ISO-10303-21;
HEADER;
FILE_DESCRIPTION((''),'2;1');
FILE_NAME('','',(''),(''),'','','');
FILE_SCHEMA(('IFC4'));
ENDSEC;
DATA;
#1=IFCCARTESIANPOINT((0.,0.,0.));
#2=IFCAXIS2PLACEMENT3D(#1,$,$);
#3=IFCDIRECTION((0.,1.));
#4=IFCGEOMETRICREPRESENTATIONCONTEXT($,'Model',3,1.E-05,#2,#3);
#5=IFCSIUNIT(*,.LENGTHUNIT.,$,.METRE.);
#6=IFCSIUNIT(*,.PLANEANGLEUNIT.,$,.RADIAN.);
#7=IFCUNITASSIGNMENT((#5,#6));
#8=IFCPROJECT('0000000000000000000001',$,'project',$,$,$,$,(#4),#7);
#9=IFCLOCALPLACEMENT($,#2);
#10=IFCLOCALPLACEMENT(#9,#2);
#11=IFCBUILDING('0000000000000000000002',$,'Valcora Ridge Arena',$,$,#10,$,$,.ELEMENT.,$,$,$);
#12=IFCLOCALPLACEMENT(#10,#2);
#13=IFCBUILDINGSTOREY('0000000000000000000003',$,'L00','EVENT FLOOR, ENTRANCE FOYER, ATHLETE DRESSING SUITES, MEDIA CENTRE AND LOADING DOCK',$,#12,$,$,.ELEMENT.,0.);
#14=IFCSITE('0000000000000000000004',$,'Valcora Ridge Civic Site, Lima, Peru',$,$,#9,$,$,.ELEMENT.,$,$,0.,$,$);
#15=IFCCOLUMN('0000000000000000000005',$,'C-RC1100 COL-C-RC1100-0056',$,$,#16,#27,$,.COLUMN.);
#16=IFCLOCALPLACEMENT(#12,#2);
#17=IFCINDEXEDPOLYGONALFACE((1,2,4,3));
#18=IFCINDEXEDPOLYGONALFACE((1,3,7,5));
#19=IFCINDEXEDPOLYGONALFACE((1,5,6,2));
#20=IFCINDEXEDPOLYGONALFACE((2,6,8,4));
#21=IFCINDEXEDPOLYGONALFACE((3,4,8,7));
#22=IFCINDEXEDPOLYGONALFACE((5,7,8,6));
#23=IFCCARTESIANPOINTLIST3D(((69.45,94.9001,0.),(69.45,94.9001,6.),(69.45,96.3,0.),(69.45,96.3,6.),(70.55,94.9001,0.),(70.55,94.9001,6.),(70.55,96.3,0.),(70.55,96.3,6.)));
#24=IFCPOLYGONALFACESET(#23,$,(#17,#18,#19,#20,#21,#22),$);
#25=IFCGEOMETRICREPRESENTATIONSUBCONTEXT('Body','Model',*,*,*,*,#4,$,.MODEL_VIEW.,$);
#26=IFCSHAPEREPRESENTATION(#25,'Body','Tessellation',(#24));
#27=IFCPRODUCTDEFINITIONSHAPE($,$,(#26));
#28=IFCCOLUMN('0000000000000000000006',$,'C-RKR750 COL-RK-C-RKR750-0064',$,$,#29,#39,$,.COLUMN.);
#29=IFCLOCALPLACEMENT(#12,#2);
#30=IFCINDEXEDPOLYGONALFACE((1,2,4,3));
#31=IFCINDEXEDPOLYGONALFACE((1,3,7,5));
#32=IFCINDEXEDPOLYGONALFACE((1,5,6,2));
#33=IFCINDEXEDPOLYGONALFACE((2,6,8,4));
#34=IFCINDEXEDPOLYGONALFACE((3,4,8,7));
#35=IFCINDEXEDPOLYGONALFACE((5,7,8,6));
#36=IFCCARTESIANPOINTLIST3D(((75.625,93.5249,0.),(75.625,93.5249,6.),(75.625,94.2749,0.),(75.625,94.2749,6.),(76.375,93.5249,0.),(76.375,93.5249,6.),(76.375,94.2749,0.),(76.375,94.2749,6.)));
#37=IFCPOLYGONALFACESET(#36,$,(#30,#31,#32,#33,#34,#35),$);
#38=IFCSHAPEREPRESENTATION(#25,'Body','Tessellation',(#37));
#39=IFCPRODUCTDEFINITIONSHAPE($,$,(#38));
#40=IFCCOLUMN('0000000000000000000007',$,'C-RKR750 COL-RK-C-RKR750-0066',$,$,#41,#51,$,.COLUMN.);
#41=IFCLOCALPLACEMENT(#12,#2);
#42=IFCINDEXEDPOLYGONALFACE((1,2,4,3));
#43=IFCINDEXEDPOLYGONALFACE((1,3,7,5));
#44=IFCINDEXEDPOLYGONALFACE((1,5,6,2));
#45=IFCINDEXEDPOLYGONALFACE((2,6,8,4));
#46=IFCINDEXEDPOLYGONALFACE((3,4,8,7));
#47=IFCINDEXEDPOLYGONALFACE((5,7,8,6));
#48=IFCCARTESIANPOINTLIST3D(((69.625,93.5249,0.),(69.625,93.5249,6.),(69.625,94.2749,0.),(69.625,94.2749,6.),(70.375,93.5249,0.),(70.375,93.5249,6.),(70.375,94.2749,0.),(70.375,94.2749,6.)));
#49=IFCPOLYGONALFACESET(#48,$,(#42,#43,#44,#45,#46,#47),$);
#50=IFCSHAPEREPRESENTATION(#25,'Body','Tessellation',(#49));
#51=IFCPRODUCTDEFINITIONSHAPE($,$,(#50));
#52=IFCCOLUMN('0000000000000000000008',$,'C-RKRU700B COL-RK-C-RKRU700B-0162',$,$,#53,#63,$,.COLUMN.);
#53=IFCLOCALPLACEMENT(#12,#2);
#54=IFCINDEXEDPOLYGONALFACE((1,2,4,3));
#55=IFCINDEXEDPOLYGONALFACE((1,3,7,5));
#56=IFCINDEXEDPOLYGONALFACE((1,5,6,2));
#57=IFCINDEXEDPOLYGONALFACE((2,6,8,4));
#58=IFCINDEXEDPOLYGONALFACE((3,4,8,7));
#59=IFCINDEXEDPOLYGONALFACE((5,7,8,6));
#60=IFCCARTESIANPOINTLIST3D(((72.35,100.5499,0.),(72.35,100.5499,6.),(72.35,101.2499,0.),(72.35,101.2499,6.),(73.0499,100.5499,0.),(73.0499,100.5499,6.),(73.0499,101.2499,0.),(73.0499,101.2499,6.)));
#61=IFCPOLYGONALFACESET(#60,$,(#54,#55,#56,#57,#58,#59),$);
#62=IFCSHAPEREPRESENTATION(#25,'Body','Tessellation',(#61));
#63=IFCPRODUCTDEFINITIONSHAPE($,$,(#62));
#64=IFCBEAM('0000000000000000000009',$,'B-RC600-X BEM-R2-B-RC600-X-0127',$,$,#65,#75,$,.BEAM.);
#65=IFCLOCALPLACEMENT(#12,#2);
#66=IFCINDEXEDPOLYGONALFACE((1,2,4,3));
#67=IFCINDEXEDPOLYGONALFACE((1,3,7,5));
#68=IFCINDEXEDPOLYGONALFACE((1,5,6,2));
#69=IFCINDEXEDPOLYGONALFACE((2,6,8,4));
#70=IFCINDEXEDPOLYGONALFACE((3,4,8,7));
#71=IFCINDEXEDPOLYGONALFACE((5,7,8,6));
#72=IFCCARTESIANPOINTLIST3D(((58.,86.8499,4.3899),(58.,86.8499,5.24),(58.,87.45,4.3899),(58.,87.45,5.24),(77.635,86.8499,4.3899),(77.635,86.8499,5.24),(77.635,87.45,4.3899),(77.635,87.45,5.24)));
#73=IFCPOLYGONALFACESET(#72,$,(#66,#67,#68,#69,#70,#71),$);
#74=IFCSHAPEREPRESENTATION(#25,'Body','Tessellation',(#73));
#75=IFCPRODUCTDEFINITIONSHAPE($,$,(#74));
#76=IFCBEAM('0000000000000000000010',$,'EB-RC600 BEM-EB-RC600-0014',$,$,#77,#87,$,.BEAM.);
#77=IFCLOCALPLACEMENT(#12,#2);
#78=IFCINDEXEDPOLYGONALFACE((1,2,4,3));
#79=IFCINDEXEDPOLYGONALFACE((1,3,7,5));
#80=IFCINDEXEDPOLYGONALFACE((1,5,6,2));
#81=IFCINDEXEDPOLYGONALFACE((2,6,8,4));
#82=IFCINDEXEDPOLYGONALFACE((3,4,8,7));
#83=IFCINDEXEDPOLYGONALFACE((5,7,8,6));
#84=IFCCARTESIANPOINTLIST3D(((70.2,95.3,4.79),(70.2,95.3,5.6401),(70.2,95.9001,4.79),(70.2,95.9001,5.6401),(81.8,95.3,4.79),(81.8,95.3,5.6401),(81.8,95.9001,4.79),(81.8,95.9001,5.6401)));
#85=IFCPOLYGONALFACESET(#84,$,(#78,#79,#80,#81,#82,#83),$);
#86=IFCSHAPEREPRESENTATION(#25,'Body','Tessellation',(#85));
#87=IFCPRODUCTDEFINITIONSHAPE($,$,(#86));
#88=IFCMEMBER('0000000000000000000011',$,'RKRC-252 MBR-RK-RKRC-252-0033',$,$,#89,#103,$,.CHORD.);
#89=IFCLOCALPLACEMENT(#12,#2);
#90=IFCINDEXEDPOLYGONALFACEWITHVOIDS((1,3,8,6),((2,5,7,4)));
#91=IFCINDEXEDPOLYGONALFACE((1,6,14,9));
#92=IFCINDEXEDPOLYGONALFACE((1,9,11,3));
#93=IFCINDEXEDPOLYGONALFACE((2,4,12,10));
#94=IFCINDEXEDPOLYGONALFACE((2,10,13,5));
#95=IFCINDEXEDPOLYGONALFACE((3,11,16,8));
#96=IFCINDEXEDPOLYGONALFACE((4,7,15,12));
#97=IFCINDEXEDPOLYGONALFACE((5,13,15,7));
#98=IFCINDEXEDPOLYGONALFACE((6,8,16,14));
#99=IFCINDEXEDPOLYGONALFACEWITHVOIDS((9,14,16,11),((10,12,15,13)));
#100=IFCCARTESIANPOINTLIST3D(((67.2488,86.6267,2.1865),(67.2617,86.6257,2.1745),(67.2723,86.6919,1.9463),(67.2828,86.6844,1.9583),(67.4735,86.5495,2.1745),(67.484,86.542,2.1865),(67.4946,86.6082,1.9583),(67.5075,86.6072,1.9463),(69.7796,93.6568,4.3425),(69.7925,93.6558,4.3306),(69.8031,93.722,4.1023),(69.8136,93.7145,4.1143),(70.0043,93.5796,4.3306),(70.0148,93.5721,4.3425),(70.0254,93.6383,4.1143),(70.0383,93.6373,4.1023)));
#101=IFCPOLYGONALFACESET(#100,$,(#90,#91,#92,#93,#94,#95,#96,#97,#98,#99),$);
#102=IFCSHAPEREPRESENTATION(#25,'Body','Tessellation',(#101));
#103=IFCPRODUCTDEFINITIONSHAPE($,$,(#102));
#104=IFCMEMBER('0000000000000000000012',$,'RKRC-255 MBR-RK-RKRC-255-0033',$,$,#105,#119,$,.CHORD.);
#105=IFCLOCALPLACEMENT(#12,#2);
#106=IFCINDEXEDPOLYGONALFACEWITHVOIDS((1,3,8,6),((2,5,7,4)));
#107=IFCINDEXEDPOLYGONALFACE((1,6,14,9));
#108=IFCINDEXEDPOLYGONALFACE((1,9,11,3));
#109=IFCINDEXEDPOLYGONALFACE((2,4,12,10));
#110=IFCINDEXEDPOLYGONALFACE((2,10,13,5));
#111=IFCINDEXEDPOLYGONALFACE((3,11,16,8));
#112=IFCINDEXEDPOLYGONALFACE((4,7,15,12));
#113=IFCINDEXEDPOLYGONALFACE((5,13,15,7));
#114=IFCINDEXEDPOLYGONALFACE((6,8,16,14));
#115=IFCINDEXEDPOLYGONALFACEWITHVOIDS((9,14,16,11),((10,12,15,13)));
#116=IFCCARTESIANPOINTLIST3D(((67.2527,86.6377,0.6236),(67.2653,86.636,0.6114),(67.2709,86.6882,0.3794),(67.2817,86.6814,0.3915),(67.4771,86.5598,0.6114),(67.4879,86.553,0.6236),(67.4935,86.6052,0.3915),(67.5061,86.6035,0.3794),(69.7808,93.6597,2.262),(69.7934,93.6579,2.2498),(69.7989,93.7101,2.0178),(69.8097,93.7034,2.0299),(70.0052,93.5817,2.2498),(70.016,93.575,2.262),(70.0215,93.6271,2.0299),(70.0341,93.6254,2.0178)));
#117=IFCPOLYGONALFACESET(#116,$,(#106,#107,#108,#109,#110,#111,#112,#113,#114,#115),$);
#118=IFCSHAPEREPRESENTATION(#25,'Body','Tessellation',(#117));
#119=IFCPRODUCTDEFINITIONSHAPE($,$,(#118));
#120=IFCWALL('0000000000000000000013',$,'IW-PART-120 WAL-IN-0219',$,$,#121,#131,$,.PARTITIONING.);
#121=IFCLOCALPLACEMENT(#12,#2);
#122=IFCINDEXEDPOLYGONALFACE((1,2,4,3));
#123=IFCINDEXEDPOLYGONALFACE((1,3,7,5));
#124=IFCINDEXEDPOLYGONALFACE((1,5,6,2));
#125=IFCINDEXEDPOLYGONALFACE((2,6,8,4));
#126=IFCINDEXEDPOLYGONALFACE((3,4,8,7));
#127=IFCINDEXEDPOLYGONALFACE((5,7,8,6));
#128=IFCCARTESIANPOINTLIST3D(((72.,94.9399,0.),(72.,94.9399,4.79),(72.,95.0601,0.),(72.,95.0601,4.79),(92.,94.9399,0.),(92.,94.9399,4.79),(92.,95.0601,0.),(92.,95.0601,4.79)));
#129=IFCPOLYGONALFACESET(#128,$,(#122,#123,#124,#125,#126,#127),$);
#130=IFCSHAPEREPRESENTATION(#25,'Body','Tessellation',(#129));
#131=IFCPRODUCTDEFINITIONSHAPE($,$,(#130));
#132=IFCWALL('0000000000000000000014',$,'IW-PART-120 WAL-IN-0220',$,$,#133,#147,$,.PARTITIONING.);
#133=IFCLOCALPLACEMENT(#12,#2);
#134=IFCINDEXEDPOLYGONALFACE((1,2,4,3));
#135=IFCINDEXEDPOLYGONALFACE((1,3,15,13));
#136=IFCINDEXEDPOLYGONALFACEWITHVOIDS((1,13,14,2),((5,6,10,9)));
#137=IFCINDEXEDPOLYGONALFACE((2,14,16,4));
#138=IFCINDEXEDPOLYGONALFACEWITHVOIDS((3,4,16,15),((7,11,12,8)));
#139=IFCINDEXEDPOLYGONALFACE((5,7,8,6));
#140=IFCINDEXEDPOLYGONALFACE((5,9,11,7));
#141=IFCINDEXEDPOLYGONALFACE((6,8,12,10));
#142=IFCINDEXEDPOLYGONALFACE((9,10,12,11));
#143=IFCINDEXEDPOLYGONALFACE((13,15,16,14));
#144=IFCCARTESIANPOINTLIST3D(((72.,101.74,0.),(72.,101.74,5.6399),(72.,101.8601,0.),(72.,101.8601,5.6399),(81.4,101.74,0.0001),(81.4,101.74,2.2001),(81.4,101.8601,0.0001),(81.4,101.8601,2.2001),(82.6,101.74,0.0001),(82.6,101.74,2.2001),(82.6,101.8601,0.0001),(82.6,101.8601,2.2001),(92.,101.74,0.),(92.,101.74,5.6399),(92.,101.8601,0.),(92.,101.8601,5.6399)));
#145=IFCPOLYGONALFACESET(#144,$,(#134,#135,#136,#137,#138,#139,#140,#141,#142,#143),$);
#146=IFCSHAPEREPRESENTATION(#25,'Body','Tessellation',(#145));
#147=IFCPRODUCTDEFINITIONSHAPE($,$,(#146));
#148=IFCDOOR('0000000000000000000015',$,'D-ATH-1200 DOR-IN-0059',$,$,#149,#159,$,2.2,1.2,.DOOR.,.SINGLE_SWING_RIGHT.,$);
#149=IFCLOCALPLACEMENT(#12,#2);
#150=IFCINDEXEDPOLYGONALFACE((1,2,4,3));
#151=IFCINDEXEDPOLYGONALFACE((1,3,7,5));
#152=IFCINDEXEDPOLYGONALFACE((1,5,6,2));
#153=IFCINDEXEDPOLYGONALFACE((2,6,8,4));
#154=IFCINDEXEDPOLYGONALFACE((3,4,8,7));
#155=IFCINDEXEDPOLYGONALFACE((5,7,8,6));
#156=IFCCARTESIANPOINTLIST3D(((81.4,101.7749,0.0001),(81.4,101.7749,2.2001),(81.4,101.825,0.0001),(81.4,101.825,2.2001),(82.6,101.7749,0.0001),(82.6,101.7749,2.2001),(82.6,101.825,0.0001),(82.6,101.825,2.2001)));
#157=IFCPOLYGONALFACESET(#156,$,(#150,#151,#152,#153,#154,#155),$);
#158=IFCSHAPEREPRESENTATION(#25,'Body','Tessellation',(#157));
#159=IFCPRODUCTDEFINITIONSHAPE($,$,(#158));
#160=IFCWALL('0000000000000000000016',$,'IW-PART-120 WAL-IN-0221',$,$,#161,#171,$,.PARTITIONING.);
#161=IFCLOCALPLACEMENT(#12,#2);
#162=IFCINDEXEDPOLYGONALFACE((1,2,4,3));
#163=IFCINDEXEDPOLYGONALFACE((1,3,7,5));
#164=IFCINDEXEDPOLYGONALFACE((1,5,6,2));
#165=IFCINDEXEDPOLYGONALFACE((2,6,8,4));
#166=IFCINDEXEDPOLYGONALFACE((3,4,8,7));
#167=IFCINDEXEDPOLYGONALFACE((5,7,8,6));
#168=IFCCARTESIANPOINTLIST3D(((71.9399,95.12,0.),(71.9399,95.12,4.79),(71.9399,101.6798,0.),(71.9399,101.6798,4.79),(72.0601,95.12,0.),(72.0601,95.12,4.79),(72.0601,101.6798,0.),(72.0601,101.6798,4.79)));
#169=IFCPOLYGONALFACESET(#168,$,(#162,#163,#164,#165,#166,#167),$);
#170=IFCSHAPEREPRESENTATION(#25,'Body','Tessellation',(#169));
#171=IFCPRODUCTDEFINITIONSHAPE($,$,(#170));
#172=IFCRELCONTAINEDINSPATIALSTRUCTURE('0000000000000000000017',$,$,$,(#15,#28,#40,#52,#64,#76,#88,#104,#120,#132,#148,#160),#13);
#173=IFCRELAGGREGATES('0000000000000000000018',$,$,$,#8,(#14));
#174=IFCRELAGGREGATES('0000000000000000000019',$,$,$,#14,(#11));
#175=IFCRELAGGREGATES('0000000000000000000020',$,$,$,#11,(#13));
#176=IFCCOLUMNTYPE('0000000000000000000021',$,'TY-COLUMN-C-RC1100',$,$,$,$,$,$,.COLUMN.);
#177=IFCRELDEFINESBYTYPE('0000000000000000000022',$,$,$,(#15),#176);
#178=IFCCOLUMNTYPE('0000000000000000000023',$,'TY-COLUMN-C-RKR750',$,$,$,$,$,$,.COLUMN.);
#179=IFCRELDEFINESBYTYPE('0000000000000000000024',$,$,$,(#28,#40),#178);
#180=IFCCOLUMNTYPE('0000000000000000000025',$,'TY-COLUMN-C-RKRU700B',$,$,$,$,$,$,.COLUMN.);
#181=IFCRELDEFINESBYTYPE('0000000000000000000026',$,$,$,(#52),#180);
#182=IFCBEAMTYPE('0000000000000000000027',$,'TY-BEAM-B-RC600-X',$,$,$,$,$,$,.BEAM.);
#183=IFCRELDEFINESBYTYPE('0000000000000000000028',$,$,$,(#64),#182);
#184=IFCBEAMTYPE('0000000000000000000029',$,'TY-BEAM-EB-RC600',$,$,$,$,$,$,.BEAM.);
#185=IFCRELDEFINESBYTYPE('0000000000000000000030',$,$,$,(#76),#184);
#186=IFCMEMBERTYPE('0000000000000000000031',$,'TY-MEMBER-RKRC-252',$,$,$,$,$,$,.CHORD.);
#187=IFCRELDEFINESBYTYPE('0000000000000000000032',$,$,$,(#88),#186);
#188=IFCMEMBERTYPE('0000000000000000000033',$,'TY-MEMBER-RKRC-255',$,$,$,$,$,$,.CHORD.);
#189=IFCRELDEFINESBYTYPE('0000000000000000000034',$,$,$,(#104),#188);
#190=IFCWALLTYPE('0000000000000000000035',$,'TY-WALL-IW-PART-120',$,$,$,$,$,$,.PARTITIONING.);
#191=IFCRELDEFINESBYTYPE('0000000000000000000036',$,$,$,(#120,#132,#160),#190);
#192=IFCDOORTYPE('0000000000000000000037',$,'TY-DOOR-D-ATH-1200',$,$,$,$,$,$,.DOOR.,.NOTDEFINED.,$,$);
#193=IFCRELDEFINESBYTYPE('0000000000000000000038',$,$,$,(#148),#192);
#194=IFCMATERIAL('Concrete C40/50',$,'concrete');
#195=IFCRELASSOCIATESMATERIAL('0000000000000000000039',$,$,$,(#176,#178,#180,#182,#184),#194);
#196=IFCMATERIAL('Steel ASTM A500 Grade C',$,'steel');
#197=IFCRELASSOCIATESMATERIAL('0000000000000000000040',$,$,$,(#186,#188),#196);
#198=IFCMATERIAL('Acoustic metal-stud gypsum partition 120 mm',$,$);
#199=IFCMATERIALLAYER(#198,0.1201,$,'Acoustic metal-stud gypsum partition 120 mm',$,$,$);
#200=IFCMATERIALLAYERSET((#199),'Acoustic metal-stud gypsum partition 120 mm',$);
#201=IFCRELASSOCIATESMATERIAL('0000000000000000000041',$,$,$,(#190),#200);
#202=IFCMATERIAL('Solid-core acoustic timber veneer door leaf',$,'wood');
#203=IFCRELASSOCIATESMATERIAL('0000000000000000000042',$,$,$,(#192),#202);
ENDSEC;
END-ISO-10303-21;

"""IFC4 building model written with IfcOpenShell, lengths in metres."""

from ifc_helpers import new_model, si_unit, direction, frame, frame_2d, origin, origin_2d, place, context, subcontext, project, spatial, rectangle, hollow_rectangle, extrude, material, layer, layer_set, material_profile, profile_set, type_object, element, fill, save


model = new_model("IFC4")

# Units and contexts
model_context = context("Model", 3, precision=1e-05, world=origin(), true_north=direction((0.0, 1.0)))
body_context = subcontext(model_context, "Body", "Model", "MODEL_VIEW")
ifc_project = project(units=[si_unit("LENGTHUNIT", "METRE"), si_unit("PLANEANGLEUNIT", "RADIAN")], contexts=[model_context])

# Site, building, storey
site_placement = place(None, origin())
site = spatial("IfcSite", under=ifc_project, at=site_placement, Name="Valcora Ridge Civic Site, Lima, Peru", CompositionType="ELEMENT", RefElevation=0.0)
building_placement = place(site_placement, origin())
building = spatial("IfcBuilding", under=site, at=building_placement, Name="Valcora Ridge Arena", CompositionType="ELEMENT")
storey_placement = place(building_placement, origin())
storey = spatial("IfcBuildingStorey", under=building, at=storey_placement, Name="L00", Description="EVENT FLOOR, ENTRANCE FOYER, ATHLETE DRESSING SUITES, MEDIA CENTRE AND LOADING DOCK", CompositionType="ELEMENT", Elevation=0.0)

# Columns
ifc_material_1 = material(Name="Concrete C40/50", Category="concrete")
ifc_material_profile_1 = material_profile(ifc_material_1, rectangle(XDim=1.1001, YDim=1.3999, at=origin_2d()), Name="RC 1100x1400")
ifc_profile_set_1 = profile_set([ifc_material_profile_1], Name="Concrete C40/50")
column_type_1 = type_object("IfcColumnType", Name="TY-COLUMN-C-RC1100", PredefinedType="COLUMN", material=ifc_profile_set_1)
column_1_placement = place(storey_placement, frame((70.0, 95.6001, 0.0), z_axis=(0.0, 0.0, 1.0), x_axis=(1.0, 0.0, 0.0)))
element("IfcColumn", 1, at=column_1_placement, inside=storey, type_object=column_type_1, Name="C-RC1100 COL-C-RC1100-0056", PredefinedType="COLUMN", context=body_context, shape_type="SweptSolid", body=[
    extrude(rectangle(XDim=1.1001, YDim=1.3999, at=origin_2d()), origin(), (0.0, 0.0, 1.0), 6.0),
])
ifc_material_profile_2 = material_profile(ifc_material_1, rectangle(XDim=0.75, YDim=0.75, at=origin_2d()), Name="RC 750x750")
ifc_profile_set_2 = profile_set([ifc_material_profile_2], Name="Concrete C40/50")
column_type_2 = type_object("IfcColumnType", Name="TY-COLUMN-C-RKR750", PredefinedType="COLUMN", material=ifc_profile_set_2)
for number, where, z_axis, x_axis, name in (
    (2, (76.0, 93.8999, 0.0), (0.0, 0.0, 1.0), (1.0, 0.0, 0.0), "C-RKR750 COL-RK-C-RKR750-0064"),
    (3, (70.0, 93.8999, 0.0), (0.0, 0.0, 1.0), (1.0, 0.0, 0.0), "C-RKR750 COL-RK-C-RKR750-0066"),
):
    element("IfcColumn", number, at=place(storey_placement, frame(where, z_axis=z_axis, x_axis=x_axis)), inside=storey, type_object=column_type_2, Name=name, PredefinedType="COLUMN", context=body_context, shape_type="SweptSolid", body=[
        extrude(rectangle(XDim=0.75, YDim=0.75, at=origin_2d()), origin(), (0.0, 0.0, 1.0), 6.0),
    ])
ifc_material_profile_3 = material_profile(ifc_material_1, rectangle(XDim=0.7, YDim=0.7, at=origin_2d()), Name="RC 700x700")
ifc_profile_set_3 = profile_set([ifc_material_profile_3], Name="Concrete C40/50")
column_type_3 = type_object("IfcColumnType", Name="TY-COLUMN-C-RKRU700B", PredefinedType="COLUMN", material=ifc_profile_set_3)
column_2_placement = place(storey_placement, frame((72.7, 100.8999, 0.0), z_axis=(0.0, 0.0, 1.0), x_axis=(1.0, 0.0, 0.0)))
element("IfcColumn", 4, at=column_2_placement, inside=storey, type_object=column_type_3, Name="C-RKRU700B COL-RK-C-RKRU700B-0162", PredefinedType="COLUMN", context=body_context, shape_type="SweptSolid", body=[
    extrude(rectangle(XDim=0.7, YDim=0.7, at=origin_2d()), origin(), (0.0, 0.0, 1.0), 6.0),
])

# Beams
ifc_material_profile_4 = material_profile(ifc_material_1, rectangle(XDim=0.6001, YDim=0.8501, at=origin_2d()), Name="RC 600x850")
ifc_profile_set_4 = profile_set([ifc_material_profile_4], Name="Concrete C40/50")
beam_type_1 = type_object("IfcBeamType", Name="TY-BEAM-B-RC600-X", PredefinedType="BEAM", material=ifc_profile_set_4)
beam_1_placement = place(storey_placement, frame((77.635, 87.1499, 4.8149), z_axis=(-1.0, 0.0, 0.0), x_axis=(0.0, -1.0, 0.0)))
element("IfcBeam", 5, at=beam_1_placement, inside=storey, type_object=beam_type_1, Name="B-RC600-X BEM-R2-B-RC600-X-0127", PredefinedType="BEAM", context=body_context, shape_type="SweptSolid", body=[
    extrude(rectangle(XDim=0.6001, YDim=0.8501, at=origin_2d()), origin(), (0.0, 0.0, 1.0), 19.635),
])
ifc_material_profile_5 = material_profile(ifc_material_1, rectangle(XDim=0.6001, YDim=0.8501, at=origin_2d()), Name="RC 600x850")
ifc_profile_set_5 = profile_set([ifc_material_profile_5], Name="Concrete C40/50")
beam_type_2 = type_object("IfcBeamType", Name="TY-BEAM-EB-RC600", PredefinedType="BEAM", material=ifc_profile_set_5)
beam_2_placement = place(storey_placement, frame((70.2, 95.6001, 5.2151), z_axis=(1.0, 0.0, 0.0), x_axis=(0.0, 1.0, 0.0)))
element("IfcBeam", 6, at=beam_2_placement, inside=storey, type_object=beam_type_2, Name="EB-RC600 BEM-EB-RC600-0014", PredefinedType="BEAM", context=body_context, shape_type="SweptSolid", body=[
    extrude(rectangle(XDim=0.6001, YDim=0.8501, at=origin_2d()), origin(), (0.0, 0.0, 1.0), 11.6001),
])

# Members
ifc_material_2 = material(Name="Steel ASTM A500 Grade C", Category="steel")
ifc_material_profile_6 = material_profile(ifc_material_2, hollow_rectangle(XDim=0.25, YDim=0.25, WallThickness=0.0125, at=origin_2d()), Name="HSS250X250X12")
ifc_profile_set_6 = profile_set([ifc_material_profile_6], Name="Steel ASTM A500 Grade C")
member_type_1 = type_object("IfcMemberType", Name="TY-MEMBER-RKRC-252", PredefinedType="CHORD", material=ifc_profile_set_6)
member_1_placement = place(storey_placement, frame((67.3782, 86.6169, 2.0664), z_axis=(0.325436, 0.904006, 0.277245), x_axis=(-0.940889, 0.338714, 0.0)))
element("IfcMember", 7, at=member_1_placement, inside=storey, type_object=member_type_1, Name="RKRC-252 MBR-RK-RKRC-252-0033", PredefinedType="CHORD", context=body_context, shape_type="SweptSolid", body=[
    extrude(hollow_rectangle(XDim=0.25, YDim=0.25, WallThickness=0.0125, at=origin_2d()), origin(), (0.0, 0.0, 1.0), 7.7766),
])
ifc_material_profile_7 = material_profile(ifc_material_2, hollow_rectangle(XDim=0.25, YDim=0.25, WallThickness=0.0125, at=origin_2d()), Name="HSS250X250X12")
ifc_profile_set_7 = profile_set([ifc_material_profile_7], Name="Steel ASTM A500 Grade C")
member_type_2 = type_object("IfcMemberType", Name="TY-MEMBER-RKRC-255", PredefinedType="CHORD", material=ifc_profile_set_7)
member_2_placement = place(storey_placement, frame((67.3794, 86.6206, 0.5015), z_axis=(0.33086, 0.918995, 0.214428), x_axis=(-0.94088, 0.338739, 0.0)))
element("IfcMember", 8, at=member_2_placement, inside=storey, type_object=member_type_2, Name="RKRC-255 MBR-RK-RKRC-255-0033", PredefinedType="CHORD", context=body_context, shape_type="SweptSolid", body=[
    extrude(hollow_rectangle(XDim=0.25, YDim=0.25, WallThickness=0.0125, at=origin_2d()), origin(), (0.0, 0.0, 1.0), 7.6409),
])

# Wall
ifc_material_3 = material(Name="Acoustic metal-stud gypsum partition 120 mm")
ifc_layer_1 = layer(ifc_material_3, 0.1201, Name="Acoustic metal-stud gypsum partition 120 mm")
ifc_layer_set_1 = layer_set([ifc_layer_1], Name="Acoustic metal-stud gypsum partition 120 mm")
wall_type_1 = type_object("IfcWallType", Name="TY-WALL-IW-PART-120", PredefinedType="PARTITIONING", material=ifc_layer_set_1)
wall_1_placement = place(storey_placement, frame((72.0, 95.0, 0.0), z_axis=(0.0, 0.0, 1.0), x_axis=(1.0, 0.0, 0.0)))
element("IfcWall", 9, at=wall_1_placement, inside=storey, type_object=wall_type_1, Name="IW-PART-120 WAL-IN-0219", PredefinedType="PARTITIONING", context=body_context, shape_type="SweptSolid", body=[
    extrude(rectangle(XDim=20.0, YDim=0.1201, at=frame_2d((10.0, 0.0))), origin(), (0.0, 0.0, 1.0), 4.79),
])

# Wall, opening, door
wall_2_placement = place(storey_placement, frame((72.0, 101.8, 0.0), z_axis=(0.0, 0.0, 1.0), x_axis=(1.0, 0.0, 0.0)))
wall_2 = element("IfcWall", 10, at=wall_2_placement, inside=storey, type_object=wall_type_1, Name="IW-PART-120 WAL-IN-0220", PredefinedType="PARTITIONING", context=body_context, shape_type="SweptSolid", body=[
    extrude(rectangle(XDim=20.0, YDim=0.1201, at=frame_2d((10.0, 0.0))), origin(), (0.0, 0.0, 1.0), 5.6399),
])
opening_1_placement = place(wall_2_placement, frame((9.3999, 0.0, 0.0)))
opening_1 = element("IfcOpeningElement", 11, at=opening_1_placement, cuts=wall_2, PredefinedType="OPENING", context=body_context, shape_type="SweptSolid", body=[
    extrude(rectangle(XDim=1.2, YDim=2.2, at=frame_2d((0.6001, 1.1001))), frame((0.0, 0.0701, 0.0), z_axis=(0.0, -1.0, 0.0), x_axis=(1.0, 0.0, 0.0)), (0.0, 0.0, 1.0), 0.1401),
])
ifc_material_4 = material(Name="Solid-core acoustic timber veneer door leaf", Category="wood")
door_type_1 = type_object("IfcDoorType", Name="TY-DOOR-D-ATH-1200", OperationType="NOTDEFINED", PredefinedType="DOOR", material=ifc_material_4)
door_1_placement = place(opening_1_placement, origin())
door_1 = element("IfcDoor", 12, at=door_1_placement, inside=storey, type_object=door_type_1, Name="D-ATH-1200 DOR-IN-0059", OperationType="SINGLE_SWING_RIGHT", OverallHeight=2.2, OverallWidth=1.2, PredefinedType="DOOR", context=body_context, shape_type="SweptSolid", body=[
    extrude(rectangle(XDim=1.2, YDim=2.2, at=frame_2d((0.6001, 1.1001))), frame((0.0, 0.0249, 0.0), z_axis=(0.0, -1.0, 0.0), x_axis=(1.0, 0.0, 0.0)), (0.0, 0.0, 1.0), 0.05),
])
fill(opening_1, door_1)

# Wall
wall_3_placement = place(storey_placement, frame((72.0, 95.1201, 0.0), z_axis=(0.0, 0.0, 1.0), x_axis=(0.0, 1.0, 0.0)))
element("IfcWall", 13, at=wall_3_placement, inside=storey, type_object=wall_type_1, Name="IW-PART-120 WAL-IN-0221", PredefinedType="PARTITIONING", context=body_context, shape_type="SweptSolid", body=[
    extrude(rectangle(XDim=6.5598, YDim=0.1201, at=frame_2d((3.2798, 0.0))), origin(), (0.0, 0.0, 1.0), 4.79),
])

save(model, "model.ifc")
